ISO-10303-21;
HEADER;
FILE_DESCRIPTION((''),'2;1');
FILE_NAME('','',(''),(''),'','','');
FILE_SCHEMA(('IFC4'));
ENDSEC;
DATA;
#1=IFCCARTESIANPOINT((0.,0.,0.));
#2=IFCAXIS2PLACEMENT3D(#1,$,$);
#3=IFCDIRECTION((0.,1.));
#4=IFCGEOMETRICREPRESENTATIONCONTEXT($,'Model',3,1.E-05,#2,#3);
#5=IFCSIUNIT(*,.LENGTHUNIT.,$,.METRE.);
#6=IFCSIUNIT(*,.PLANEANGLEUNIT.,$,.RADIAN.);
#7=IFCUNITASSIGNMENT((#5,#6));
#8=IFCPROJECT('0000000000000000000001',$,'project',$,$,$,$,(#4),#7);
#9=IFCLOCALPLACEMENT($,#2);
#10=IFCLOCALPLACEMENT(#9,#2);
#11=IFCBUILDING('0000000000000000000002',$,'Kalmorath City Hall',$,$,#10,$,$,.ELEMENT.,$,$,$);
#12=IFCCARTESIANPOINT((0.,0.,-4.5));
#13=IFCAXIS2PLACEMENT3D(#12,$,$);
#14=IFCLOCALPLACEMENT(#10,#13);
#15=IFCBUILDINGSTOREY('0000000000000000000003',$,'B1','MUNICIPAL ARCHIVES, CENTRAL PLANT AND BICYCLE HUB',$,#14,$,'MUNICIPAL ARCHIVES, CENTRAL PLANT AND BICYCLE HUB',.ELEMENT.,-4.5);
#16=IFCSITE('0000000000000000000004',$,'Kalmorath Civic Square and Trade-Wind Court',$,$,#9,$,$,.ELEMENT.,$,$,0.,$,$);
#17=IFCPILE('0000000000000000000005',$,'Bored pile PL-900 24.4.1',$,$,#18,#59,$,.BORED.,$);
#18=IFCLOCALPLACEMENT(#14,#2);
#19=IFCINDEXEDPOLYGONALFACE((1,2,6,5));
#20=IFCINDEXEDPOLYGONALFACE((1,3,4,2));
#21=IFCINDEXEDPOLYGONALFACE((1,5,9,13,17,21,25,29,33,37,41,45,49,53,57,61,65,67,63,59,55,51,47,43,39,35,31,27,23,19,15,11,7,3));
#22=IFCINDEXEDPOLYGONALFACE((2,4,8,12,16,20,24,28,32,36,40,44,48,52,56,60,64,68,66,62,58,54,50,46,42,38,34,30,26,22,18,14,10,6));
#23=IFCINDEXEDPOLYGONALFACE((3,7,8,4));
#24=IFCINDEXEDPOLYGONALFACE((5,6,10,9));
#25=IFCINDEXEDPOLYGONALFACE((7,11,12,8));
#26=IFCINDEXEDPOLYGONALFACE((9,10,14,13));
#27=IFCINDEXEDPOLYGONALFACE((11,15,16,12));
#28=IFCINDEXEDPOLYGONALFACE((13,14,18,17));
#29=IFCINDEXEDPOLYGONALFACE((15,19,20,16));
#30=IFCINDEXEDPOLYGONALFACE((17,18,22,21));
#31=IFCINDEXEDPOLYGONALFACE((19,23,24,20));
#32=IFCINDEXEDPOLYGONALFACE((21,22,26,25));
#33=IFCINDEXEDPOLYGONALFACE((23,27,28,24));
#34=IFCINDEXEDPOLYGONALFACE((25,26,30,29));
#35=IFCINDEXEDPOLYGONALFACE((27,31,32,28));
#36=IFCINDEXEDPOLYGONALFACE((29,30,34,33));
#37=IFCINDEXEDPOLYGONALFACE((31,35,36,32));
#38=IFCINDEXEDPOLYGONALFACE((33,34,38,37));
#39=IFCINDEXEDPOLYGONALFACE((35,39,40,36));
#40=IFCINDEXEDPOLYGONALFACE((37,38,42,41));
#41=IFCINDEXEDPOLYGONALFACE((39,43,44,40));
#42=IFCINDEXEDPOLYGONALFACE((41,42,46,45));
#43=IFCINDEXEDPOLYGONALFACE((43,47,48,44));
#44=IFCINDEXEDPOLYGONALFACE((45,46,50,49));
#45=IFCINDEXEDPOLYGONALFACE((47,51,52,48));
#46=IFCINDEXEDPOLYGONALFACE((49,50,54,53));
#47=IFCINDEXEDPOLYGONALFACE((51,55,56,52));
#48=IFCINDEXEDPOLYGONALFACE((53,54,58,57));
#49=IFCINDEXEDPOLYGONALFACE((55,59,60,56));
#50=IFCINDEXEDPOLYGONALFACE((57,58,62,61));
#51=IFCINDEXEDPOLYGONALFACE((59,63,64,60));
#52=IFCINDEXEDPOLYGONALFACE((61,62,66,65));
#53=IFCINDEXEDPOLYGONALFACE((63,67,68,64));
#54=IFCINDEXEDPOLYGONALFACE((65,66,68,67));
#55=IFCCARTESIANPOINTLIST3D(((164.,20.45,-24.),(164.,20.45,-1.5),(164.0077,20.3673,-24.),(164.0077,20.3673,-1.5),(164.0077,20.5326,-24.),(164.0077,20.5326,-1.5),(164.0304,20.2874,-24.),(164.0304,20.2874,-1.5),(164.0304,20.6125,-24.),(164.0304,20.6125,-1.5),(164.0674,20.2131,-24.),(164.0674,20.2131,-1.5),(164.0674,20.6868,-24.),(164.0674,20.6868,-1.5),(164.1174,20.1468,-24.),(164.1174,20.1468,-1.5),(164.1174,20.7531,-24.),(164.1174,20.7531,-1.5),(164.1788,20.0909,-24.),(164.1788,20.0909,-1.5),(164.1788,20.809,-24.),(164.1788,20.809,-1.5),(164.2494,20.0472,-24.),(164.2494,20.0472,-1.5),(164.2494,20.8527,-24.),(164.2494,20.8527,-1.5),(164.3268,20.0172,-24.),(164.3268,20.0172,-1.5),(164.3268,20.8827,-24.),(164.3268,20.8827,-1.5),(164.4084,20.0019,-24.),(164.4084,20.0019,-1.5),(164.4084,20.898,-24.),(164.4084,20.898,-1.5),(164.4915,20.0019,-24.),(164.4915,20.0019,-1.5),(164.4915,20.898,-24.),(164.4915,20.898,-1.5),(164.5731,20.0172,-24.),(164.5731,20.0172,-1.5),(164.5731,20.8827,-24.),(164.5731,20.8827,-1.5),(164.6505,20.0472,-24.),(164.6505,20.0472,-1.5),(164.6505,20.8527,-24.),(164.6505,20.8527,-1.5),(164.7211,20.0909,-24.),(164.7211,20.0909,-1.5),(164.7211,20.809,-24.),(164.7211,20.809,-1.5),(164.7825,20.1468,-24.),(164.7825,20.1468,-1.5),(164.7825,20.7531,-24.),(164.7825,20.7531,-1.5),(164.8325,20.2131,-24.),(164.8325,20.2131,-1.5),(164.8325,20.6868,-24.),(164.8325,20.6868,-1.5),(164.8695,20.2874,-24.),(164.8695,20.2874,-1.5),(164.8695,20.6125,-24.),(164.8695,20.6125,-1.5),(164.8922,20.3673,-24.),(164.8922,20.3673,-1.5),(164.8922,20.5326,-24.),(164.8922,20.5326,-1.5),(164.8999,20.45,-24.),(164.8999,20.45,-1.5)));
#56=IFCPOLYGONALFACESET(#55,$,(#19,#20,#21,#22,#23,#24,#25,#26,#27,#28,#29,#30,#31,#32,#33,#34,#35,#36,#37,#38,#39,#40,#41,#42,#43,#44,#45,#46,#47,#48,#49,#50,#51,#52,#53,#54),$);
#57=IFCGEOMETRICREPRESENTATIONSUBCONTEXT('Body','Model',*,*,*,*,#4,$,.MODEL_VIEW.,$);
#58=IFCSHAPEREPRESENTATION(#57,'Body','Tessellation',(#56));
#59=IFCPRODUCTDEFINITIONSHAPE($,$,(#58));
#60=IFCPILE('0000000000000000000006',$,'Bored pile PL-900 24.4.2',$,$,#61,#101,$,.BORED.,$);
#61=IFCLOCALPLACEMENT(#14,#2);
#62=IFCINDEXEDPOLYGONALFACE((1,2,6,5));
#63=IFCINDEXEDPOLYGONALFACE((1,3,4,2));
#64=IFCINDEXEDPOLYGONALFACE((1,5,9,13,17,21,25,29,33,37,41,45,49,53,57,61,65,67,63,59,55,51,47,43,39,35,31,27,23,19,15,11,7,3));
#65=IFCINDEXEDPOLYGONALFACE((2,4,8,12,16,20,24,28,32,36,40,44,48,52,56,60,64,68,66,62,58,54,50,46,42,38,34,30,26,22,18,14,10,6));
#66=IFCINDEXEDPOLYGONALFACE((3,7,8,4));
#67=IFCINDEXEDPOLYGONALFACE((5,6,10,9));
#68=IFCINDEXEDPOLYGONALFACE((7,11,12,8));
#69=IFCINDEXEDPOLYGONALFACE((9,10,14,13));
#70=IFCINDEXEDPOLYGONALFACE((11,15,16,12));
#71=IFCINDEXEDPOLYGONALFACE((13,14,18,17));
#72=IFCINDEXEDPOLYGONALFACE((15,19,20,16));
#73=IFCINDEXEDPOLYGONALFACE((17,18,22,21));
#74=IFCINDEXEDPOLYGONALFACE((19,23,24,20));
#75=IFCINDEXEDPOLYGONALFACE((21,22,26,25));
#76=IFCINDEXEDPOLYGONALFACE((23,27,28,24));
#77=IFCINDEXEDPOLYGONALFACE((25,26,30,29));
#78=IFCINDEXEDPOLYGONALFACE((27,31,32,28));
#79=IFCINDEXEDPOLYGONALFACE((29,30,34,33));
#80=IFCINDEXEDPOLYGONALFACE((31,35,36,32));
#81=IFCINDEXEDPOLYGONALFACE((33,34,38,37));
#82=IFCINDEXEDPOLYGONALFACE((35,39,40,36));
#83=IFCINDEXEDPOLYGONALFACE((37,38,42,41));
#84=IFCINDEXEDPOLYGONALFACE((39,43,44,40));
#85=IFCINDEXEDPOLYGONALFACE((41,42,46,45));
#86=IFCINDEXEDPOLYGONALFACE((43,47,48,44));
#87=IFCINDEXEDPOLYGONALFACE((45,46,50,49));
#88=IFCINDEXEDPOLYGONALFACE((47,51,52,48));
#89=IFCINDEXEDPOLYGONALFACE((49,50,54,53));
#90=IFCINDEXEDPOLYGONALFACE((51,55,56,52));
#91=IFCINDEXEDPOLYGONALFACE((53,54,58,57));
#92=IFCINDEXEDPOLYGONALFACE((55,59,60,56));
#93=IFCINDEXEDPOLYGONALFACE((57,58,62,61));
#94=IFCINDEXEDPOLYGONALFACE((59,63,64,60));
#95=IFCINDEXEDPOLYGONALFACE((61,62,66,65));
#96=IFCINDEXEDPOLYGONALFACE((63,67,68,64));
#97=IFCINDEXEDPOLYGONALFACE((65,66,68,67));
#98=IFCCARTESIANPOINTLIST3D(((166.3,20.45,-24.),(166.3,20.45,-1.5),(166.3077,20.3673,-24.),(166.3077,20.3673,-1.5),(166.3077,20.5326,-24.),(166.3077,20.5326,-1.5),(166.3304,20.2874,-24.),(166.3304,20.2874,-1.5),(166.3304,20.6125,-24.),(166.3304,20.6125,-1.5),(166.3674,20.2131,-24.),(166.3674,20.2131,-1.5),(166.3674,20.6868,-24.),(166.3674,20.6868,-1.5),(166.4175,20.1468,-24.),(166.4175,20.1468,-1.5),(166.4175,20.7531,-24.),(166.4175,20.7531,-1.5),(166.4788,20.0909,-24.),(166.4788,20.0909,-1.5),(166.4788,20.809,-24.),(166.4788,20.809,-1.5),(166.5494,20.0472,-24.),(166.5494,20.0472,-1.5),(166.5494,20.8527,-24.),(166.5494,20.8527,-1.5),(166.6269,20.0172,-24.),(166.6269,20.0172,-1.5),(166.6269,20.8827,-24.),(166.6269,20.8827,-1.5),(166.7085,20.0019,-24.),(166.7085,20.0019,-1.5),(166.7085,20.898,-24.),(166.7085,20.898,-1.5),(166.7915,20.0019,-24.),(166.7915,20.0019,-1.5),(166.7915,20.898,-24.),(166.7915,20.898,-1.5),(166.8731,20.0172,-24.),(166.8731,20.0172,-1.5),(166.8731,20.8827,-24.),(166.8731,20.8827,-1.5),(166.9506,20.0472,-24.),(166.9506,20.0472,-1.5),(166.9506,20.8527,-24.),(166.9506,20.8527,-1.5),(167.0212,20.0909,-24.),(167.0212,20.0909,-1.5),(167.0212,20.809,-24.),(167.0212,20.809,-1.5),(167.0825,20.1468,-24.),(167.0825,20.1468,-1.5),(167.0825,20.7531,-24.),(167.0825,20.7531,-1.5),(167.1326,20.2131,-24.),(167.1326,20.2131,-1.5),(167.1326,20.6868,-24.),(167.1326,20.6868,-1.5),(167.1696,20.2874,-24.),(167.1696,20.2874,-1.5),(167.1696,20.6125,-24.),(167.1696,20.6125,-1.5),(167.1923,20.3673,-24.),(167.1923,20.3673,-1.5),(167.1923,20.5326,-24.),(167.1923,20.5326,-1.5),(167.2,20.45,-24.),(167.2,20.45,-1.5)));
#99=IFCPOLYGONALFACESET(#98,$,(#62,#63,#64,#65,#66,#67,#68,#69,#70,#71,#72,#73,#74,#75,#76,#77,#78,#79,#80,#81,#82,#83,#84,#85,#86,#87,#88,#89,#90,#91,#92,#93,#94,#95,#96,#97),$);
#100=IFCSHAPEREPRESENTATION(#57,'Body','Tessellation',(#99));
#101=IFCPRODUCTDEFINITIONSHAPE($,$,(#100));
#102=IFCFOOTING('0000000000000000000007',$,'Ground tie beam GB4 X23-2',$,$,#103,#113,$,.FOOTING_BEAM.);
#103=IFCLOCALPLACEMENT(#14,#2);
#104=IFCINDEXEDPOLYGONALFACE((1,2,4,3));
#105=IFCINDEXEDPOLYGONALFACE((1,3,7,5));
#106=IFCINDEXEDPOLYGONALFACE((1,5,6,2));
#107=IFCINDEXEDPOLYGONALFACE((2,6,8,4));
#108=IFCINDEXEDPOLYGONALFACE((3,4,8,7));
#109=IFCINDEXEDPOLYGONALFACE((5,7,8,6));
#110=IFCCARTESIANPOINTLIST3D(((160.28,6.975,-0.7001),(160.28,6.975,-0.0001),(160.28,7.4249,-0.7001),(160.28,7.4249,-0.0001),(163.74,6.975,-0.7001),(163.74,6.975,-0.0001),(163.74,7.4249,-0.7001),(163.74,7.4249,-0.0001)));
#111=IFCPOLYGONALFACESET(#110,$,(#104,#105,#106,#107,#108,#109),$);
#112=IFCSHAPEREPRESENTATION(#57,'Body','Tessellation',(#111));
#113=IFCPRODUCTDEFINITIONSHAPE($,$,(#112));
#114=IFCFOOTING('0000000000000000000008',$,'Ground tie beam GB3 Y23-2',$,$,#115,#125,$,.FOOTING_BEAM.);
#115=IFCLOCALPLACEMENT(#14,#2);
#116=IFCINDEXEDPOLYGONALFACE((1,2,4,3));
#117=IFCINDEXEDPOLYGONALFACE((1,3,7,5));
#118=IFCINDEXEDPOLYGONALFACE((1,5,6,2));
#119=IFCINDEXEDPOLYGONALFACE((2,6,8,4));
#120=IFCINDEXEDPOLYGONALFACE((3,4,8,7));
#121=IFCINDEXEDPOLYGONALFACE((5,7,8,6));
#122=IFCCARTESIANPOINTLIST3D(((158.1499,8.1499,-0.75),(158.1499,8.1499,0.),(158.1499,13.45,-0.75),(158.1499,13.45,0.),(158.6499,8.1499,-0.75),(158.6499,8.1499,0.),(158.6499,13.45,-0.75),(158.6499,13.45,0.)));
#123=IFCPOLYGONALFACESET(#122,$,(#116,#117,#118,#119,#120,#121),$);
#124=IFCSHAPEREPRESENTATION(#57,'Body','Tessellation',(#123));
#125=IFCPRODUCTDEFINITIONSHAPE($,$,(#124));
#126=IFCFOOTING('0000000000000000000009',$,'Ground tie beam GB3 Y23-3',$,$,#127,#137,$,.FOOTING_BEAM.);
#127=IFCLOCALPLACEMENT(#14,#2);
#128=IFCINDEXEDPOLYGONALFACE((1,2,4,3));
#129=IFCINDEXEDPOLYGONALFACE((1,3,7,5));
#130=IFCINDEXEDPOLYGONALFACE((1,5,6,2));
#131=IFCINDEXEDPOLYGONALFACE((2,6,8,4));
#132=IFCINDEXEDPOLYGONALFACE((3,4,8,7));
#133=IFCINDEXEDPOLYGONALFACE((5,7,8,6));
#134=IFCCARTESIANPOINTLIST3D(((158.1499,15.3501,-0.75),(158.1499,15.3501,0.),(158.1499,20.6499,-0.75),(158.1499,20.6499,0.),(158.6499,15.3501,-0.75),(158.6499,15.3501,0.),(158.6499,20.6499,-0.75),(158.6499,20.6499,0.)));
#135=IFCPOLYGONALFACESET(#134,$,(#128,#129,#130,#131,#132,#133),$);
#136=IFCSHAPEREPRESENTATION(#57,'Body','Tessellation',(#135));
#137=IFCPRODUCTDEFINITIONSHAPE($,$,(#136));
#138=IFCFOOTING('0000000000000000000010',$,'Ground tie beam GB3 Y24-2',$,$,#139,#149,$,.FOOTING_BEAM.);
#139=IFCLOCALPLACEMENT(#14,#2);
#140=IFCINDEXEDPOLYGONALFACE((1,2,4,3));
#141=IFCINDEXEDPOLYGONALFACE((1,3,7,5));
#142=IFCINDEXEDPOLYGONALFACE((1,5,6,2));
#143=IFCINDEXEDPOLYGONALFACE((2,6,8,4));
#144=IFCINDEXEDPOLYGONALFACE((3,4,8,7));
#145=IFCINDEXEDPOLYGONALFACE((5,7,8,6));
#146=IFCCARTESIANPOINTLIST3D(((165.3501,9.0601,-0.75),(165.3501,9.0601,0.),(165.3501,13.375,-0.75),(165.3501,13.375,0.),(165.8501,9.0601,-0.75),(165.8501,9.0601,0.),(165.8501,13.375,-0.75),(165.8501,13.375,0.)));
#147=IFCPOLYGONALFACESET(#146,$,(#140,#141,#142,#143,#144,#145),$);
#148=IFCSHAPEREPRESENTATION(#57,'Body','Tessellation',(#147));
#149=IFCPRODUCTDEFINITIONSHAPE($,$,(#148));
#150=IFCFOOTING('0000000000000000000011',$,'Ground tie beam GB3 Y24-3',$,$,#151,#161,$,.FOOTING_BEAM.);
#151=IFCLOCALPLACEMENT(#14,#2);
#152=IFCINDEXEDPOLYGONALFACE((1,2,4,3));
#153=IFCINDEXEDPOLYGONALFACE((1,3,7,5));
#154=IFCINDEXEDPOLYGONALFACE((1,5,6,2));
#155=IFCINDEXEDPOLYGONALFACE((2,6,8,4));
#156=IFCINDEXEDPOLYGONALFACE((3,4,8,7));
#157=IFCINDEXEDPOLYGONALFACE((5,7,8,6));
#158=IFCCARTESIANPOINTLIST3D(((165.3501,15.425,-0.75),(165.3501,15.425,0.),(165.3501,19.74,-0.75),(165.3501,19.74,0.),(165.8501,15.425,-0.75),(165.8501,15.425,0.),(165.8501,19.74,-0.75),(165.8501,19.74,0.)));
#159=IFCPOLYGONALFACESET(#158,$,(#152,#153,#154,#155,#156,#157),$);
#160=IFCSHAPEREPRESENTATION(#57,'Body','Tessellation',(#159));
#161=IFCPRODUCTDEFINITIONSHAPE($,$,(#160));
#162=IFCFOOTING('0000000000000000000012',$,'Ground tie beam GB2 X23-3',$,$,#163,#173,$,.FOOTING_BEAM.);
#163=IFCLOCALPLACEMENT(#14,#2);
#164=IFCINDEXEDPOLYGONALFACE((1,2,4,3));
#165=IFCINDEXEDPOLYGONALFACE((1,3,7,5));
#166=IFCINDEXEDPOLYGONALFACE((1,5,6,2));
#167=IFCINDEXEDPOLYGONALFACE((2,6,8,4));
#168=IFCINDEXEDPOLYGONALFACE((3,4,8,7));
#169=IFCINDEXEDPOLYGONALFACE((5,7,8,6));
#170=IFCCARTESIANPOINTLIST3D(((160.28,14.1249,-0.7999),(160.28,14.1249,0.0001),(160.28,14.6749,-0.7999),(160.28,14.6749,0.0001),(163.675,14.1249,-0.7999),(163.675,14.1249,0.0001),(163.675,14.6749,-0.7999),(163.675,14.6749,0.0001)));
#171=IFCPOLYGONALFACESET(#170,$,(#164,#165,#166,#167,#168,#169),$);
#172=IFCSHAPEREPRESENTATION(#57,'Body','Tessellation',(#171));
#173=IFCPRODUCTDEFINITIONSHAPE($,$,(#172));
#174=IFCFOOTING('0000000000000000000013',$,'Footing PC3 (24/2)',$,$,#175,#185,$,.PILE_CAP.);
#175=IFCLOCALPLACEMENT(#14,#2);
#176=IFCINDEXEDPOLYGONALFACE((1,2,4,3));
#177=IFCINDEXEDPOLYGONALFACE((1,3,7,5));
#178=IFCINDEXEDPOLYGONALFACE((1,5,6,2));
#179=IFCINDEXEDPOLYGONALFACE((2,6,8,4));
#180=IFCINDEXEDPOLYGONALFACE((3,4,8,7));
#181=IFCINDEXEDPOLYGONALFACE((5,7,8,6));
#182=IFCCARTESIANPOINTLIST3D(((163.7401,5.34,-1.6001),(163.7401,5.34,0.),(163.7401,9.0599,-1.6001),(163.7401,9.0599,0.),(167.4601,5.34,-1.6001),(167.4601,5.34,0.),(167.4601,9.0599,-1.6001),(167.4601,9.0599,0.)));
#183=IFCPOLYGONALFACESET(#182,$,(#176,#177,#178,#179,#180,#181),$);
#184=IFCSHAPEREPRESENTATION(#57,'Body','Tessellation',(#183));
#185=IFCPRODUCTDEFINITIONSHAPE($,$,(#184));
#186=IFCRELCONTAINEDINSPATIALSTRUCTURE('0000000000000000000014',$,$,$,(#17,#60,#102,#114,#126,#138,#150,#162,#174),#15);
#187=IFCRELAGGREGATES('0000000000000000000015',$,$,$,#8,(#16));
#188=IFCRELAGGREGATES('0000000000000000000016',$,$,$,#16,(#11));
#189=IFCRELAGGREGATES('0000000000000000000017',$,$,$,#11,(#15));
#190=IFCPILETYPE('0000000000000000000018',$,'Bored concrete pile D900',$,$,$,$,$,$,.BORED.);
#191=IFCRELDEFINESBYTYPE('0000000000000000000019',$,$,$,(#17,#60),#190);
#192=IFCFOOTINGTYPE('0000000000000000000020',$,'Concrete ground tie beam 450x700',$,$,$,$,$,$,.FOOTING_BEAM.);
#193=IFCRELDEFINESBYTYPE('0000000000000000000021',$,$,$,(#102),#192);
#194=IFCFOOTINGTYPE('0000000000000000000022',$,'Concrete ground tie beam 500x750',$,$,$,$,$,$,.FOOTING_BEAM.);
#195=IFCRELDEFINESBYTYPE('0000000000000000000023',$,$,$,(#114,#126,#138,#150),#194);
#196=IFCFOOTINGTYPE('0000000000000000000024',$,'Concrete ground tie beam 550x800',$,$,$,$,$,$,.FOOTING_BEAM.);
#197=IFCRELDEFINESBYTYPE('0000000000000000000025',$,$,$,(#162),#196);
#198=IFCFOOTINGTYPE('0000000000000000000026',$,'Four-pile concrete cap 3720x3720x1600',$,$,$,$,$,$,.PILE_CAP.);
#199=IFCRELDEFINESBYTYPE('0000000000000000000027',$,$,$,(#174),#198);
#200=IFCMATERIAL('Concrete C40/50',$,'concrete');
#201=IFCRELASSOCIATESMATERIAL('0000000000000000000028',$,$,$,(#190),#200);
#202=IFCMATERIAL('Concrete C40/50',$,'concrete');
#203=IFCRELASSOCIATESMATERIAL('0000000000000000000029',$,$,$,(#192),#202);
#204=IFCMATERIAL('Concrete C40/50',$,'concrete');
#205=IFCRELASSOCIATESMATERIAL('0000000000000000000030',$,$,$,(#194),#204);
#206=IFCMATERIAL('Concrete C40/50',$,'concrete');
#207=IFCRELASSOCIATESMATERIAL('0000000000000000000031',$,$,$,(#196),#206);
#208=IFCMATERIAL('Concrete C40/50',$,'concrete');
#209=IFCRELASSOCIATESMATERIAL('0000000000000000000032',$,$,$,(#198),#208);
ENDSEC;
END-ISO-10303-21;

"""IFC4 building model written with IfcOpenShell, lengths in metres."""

from ifc_helpers import new_model, si_unit, direction, frame, origin, origin_2d, place, context, subcontext, project, spatial, rectangle, circle, extrude, material, material_profile, profile_set, type_object, element, save


model = new_model("IFC4")

# Units and contexts
model_context = context("Model", 3, precision=1e-05, world=origin(), true_north=direction((0.0, 1.0)))
body_context = subcontext(model_context, "Body", "Model", "MODEL_VIEW")
ifc_project = project(units=[si_unit("LENGTHUNIT", "METRE"), si_unit("PLANEANGLEUNIT", "RADIAN")], contexts=[model_context])

# Site, building, storey
site_placement = place(None, origin())
site = spatial("IfcSite", under=ifc_project, at=site_placement, Name="Kalmorath Civic Square and Trade-Wind Court", CompositionType="ELEMENT", RefElevation=0.0)
building_placement = place(site_placement, origin())
building = spatial("IfcBuilding", under=site, at=building_placement, Name="Kalmorath City Hall", CompositionType="ELEMENT")
storey_placement = place(building_placement, frame((0.0, 0.0, -4.5)))
storey = spatial("IfcBuildingStorey", under=building, at=storey_placement, Name="B1", Description="MUNICIPAL ARCHIVES, CENTRAL PLANT AND BICYCLE HUB", LongName="MUNICIPAL ARCHIVES, CENTRAL PLANT AND BICYCLE HUB", CompositionType="ELEMENT", Elevation=-4.5)

# Piles
ifc_material_1 = material(Name="Concrete C40/50", Category="concrete")
ifc_material_profile_1 = material_profile(ifc_material_1, circle(Radius=0.45, at=origin_2d()), Name="PILE-D900")
ifc_profile_set_1 = profile_set([ifc_material_profile_1], Name="Concrete C40/50")
pile_type_1 = type_object("IfcPileType", Name="Bored concrete pile D900", PredefinedType="BORED", material=ifc_profile_set_1)
for number, where, z_axis, x_axis, name in (
    (1, (164.45, 20.45, -1.5), (0.0, 0.0, -1.0), (1.0, 0.0, 0.0), "Bored pile PL-900 24.4.1"),
    (2, (166.75, 20.45, -1.5), (0.0, 0.0, -1.0), (1.0, 0.0, 0.0), "Bored pile PL-900 24.4.2"),
):
    element("IfcPile", number, at=place(storey_placement, frame(where, z_axis=z_axis, x_axis=x_axis)), inside=storey, type_object=pile_type_1, Name=name, PredefinedType="BORED", context=body_context, shape_type="SweptSolid", body=[
        extrude(circle(Radius=0.45, at=origin_2d()), origin(), (0.0, 0.0, 1.0), 22.5),
    ])

# Footings
ifc_material_2 = material(Name="Concrete C40/50", Category="concrete")
ifc_material_profile_2 = material_profile(ifc_material_2, rectangle(XDim=0.45, YDim=0.7, at=origin_2d()), Name="RC-BM-450X700")
ifc_profile_set_2 = profile_set([ifc_material_profile_2], Name="Concrete C40/50")
footing_type_1 = type_object("IfcFootingType", Name="Concrete ground tie beam 450x700", PredefinedType="FOOTING_BEAM", material=ifc_profile_set_2)
footing_1_placement = place(storey_placement, frame((160.28, 7.2, -0.3501), z_axis=(1.0, 0.0, 0.0), x_axis=(0.0, 1.0, 0.0)))
element("IfcFooting", 3, at=footing_1_placement, inside=storey, type_object=footing_type_1, Name="Ground tie beam GB4 X23-2", PredefinedType="FOOTING_BEAM", context=body_context, shape_type="SweptSolid", body=[
    extrude(rectangle(XDim=0.45, YDim=0.7, at=origin_2d()), origin(), (0.0, 0.0, 1.0), 3.46),
])
ifc_material_3 = material(Name="Concrete C40/50", Category="concrete")
ifc_material_profile_3 = material_profile(ifc_material_3, rectangle(XDim=0.5, YDim=0.75, at=origin_2d()), Name="RC-BM-500X750")
ifc_profile_set_3 = profile_set([ifc_material_profile_3], Name="Concrete C40/50")
footing_type_2 = type_object("IfcFootingType", Name="Concrete ground tie beam 500x750", PredefinedType="FOOTING_BEAM", material=ifc_profile_set_3)
footing_2_placement = place(storey_placement, frame((158.3999, 8.1499, -0.375), z_axis=(0.0, 1.0, 0.0), x_axis=(-1.0, 0.0, 0.0)))
element("IfcFooting", 4, at=footing_2_placement, inside=storey, type_object=footing_type_2, Name="Ground tie beam GB3 Y23-2", PredefinedType="FOOTING_BEAM", context=body_context, shape_type="SweptSolid", body=[
    extrude(rectangle(XDim=0.5, YDim=0.75, at=origin_2d()), origin(), (0.0, 0.0, 1.0), 5.3),
])
footing_3_placement = place(storey_placement, frame((158.3999, 15.3501, -0.375), z_axis=(0.0, 1.0, 0.0), x_axis=(-1.0, 0.0, 0.0)))
element("IfcFooting", 5, at=footing_3_placement, inside=storey, type_object=footing_type_2, Name="Ground tie beam GB3 Y23-3", PredefinedType="FOOTING_BEAM", context=body_context, shape_type="SweptSolid", body=[
    extrude(rectangle(XDim=0.5, YDim=0.75, at=origin_2d()), origin(), (0.0, 0.0, 1.0), 5.2998),
])
for number, where, z_axis, x_axis, name in (
    (6, (165.6001, 9.0601, -0.375), (0.0, 1.0, 0.0), (-1.0, 0.0, 0.0), "Ground tie beam GB3 Y24-2"),
    (7, (165.6001, 15.425, -0.375), (0.0, 1.0, 0.0), (-1.0, 0.0, 0.0), "Ground tie beam GB3 Y24-3"),
):
    element("IfcFooting", number, at=place(storey_placement, frame(where, z_axis=z_axis, x_axis=x_axis)), inside=storey, type_object=footing_type_2, Name=name, PredefinedType="FOOTING_BEAM", context=body_context, shape_type="SweptSolid", body=[
        extrude(rectangle(XDim=0.5, YDim=0.75, at=origin_2d()), origin(), (0.0, 0.0, 1.0), 4.3149),
    ])
ifc_material_4 = material(Name="Concrete C40/50", Category="concrete")
ifc_material_profile_4 = material_profile(ifc_material_4, rectangle(XDim=0.55, YDim=0.8, at=origin_2d()), Name="RC-BM-550X800")
ifc_profile_set_4 = profile_set([ifc_material_profile_4], Name="Concrete C40/50")
footing_type_3 = type_object("IfcFootingType", Name="Concrete ground tie beam 550x800", PredefinedType="FOOTING_BEAM", material=ifc_profile_set_4)
footing_4_placement = place(storey_placement, frame((160.28, 14.3999, -0.3999), z_axis=(1.0, 0.0, 0.0), x_axis=(0.0, 1.0, 0.0)))
element("IfcFooting", 8, at=footing_4_placement, inside=storey, type_object=footing_type_3, Name="Ground tie beam GB2 X23-3", PredefinedType="FOOTING_BEAM", context=body_context, shape_type="SweptSolid", body=[
    extrude(rectangle(XDim=0.55, YDim=0.8, at=origin_2d()), origin(), (0.0, 0.0, 1.0), 3.395),
])
ifc_material_5 = material(Name="Concrete C40/50", Category="concrete")
footing_type_4 = type_object("IfcFootingType", Name="Four-pile concrete cap 3720x3720x1600", PredefinedType="PILE_CAP", material=ifc_material_5)
footing_5_placement = place(storey_placement, frame((165.6001, 7.2, -1.6001), z_axis=(0.0, 0.0, 1.0), x_axis=(1.0, 0.0, 0.0)))
element("IfcFooting", 9, at=footing_5_placement, inside=storey, type_object=footing_type_4, Name="Footing PC3 (24/2)", PredefinedType="PILE_CAP", context=body_context, shape_type="SweptSolid", body=[
    extrude(rectangle(XDim=3.72, YDim=3.72, at=origin_2d()), origin(), (0.0, 0.0, 1.0), 1.6001),
])

save(model, "model.ifc")
